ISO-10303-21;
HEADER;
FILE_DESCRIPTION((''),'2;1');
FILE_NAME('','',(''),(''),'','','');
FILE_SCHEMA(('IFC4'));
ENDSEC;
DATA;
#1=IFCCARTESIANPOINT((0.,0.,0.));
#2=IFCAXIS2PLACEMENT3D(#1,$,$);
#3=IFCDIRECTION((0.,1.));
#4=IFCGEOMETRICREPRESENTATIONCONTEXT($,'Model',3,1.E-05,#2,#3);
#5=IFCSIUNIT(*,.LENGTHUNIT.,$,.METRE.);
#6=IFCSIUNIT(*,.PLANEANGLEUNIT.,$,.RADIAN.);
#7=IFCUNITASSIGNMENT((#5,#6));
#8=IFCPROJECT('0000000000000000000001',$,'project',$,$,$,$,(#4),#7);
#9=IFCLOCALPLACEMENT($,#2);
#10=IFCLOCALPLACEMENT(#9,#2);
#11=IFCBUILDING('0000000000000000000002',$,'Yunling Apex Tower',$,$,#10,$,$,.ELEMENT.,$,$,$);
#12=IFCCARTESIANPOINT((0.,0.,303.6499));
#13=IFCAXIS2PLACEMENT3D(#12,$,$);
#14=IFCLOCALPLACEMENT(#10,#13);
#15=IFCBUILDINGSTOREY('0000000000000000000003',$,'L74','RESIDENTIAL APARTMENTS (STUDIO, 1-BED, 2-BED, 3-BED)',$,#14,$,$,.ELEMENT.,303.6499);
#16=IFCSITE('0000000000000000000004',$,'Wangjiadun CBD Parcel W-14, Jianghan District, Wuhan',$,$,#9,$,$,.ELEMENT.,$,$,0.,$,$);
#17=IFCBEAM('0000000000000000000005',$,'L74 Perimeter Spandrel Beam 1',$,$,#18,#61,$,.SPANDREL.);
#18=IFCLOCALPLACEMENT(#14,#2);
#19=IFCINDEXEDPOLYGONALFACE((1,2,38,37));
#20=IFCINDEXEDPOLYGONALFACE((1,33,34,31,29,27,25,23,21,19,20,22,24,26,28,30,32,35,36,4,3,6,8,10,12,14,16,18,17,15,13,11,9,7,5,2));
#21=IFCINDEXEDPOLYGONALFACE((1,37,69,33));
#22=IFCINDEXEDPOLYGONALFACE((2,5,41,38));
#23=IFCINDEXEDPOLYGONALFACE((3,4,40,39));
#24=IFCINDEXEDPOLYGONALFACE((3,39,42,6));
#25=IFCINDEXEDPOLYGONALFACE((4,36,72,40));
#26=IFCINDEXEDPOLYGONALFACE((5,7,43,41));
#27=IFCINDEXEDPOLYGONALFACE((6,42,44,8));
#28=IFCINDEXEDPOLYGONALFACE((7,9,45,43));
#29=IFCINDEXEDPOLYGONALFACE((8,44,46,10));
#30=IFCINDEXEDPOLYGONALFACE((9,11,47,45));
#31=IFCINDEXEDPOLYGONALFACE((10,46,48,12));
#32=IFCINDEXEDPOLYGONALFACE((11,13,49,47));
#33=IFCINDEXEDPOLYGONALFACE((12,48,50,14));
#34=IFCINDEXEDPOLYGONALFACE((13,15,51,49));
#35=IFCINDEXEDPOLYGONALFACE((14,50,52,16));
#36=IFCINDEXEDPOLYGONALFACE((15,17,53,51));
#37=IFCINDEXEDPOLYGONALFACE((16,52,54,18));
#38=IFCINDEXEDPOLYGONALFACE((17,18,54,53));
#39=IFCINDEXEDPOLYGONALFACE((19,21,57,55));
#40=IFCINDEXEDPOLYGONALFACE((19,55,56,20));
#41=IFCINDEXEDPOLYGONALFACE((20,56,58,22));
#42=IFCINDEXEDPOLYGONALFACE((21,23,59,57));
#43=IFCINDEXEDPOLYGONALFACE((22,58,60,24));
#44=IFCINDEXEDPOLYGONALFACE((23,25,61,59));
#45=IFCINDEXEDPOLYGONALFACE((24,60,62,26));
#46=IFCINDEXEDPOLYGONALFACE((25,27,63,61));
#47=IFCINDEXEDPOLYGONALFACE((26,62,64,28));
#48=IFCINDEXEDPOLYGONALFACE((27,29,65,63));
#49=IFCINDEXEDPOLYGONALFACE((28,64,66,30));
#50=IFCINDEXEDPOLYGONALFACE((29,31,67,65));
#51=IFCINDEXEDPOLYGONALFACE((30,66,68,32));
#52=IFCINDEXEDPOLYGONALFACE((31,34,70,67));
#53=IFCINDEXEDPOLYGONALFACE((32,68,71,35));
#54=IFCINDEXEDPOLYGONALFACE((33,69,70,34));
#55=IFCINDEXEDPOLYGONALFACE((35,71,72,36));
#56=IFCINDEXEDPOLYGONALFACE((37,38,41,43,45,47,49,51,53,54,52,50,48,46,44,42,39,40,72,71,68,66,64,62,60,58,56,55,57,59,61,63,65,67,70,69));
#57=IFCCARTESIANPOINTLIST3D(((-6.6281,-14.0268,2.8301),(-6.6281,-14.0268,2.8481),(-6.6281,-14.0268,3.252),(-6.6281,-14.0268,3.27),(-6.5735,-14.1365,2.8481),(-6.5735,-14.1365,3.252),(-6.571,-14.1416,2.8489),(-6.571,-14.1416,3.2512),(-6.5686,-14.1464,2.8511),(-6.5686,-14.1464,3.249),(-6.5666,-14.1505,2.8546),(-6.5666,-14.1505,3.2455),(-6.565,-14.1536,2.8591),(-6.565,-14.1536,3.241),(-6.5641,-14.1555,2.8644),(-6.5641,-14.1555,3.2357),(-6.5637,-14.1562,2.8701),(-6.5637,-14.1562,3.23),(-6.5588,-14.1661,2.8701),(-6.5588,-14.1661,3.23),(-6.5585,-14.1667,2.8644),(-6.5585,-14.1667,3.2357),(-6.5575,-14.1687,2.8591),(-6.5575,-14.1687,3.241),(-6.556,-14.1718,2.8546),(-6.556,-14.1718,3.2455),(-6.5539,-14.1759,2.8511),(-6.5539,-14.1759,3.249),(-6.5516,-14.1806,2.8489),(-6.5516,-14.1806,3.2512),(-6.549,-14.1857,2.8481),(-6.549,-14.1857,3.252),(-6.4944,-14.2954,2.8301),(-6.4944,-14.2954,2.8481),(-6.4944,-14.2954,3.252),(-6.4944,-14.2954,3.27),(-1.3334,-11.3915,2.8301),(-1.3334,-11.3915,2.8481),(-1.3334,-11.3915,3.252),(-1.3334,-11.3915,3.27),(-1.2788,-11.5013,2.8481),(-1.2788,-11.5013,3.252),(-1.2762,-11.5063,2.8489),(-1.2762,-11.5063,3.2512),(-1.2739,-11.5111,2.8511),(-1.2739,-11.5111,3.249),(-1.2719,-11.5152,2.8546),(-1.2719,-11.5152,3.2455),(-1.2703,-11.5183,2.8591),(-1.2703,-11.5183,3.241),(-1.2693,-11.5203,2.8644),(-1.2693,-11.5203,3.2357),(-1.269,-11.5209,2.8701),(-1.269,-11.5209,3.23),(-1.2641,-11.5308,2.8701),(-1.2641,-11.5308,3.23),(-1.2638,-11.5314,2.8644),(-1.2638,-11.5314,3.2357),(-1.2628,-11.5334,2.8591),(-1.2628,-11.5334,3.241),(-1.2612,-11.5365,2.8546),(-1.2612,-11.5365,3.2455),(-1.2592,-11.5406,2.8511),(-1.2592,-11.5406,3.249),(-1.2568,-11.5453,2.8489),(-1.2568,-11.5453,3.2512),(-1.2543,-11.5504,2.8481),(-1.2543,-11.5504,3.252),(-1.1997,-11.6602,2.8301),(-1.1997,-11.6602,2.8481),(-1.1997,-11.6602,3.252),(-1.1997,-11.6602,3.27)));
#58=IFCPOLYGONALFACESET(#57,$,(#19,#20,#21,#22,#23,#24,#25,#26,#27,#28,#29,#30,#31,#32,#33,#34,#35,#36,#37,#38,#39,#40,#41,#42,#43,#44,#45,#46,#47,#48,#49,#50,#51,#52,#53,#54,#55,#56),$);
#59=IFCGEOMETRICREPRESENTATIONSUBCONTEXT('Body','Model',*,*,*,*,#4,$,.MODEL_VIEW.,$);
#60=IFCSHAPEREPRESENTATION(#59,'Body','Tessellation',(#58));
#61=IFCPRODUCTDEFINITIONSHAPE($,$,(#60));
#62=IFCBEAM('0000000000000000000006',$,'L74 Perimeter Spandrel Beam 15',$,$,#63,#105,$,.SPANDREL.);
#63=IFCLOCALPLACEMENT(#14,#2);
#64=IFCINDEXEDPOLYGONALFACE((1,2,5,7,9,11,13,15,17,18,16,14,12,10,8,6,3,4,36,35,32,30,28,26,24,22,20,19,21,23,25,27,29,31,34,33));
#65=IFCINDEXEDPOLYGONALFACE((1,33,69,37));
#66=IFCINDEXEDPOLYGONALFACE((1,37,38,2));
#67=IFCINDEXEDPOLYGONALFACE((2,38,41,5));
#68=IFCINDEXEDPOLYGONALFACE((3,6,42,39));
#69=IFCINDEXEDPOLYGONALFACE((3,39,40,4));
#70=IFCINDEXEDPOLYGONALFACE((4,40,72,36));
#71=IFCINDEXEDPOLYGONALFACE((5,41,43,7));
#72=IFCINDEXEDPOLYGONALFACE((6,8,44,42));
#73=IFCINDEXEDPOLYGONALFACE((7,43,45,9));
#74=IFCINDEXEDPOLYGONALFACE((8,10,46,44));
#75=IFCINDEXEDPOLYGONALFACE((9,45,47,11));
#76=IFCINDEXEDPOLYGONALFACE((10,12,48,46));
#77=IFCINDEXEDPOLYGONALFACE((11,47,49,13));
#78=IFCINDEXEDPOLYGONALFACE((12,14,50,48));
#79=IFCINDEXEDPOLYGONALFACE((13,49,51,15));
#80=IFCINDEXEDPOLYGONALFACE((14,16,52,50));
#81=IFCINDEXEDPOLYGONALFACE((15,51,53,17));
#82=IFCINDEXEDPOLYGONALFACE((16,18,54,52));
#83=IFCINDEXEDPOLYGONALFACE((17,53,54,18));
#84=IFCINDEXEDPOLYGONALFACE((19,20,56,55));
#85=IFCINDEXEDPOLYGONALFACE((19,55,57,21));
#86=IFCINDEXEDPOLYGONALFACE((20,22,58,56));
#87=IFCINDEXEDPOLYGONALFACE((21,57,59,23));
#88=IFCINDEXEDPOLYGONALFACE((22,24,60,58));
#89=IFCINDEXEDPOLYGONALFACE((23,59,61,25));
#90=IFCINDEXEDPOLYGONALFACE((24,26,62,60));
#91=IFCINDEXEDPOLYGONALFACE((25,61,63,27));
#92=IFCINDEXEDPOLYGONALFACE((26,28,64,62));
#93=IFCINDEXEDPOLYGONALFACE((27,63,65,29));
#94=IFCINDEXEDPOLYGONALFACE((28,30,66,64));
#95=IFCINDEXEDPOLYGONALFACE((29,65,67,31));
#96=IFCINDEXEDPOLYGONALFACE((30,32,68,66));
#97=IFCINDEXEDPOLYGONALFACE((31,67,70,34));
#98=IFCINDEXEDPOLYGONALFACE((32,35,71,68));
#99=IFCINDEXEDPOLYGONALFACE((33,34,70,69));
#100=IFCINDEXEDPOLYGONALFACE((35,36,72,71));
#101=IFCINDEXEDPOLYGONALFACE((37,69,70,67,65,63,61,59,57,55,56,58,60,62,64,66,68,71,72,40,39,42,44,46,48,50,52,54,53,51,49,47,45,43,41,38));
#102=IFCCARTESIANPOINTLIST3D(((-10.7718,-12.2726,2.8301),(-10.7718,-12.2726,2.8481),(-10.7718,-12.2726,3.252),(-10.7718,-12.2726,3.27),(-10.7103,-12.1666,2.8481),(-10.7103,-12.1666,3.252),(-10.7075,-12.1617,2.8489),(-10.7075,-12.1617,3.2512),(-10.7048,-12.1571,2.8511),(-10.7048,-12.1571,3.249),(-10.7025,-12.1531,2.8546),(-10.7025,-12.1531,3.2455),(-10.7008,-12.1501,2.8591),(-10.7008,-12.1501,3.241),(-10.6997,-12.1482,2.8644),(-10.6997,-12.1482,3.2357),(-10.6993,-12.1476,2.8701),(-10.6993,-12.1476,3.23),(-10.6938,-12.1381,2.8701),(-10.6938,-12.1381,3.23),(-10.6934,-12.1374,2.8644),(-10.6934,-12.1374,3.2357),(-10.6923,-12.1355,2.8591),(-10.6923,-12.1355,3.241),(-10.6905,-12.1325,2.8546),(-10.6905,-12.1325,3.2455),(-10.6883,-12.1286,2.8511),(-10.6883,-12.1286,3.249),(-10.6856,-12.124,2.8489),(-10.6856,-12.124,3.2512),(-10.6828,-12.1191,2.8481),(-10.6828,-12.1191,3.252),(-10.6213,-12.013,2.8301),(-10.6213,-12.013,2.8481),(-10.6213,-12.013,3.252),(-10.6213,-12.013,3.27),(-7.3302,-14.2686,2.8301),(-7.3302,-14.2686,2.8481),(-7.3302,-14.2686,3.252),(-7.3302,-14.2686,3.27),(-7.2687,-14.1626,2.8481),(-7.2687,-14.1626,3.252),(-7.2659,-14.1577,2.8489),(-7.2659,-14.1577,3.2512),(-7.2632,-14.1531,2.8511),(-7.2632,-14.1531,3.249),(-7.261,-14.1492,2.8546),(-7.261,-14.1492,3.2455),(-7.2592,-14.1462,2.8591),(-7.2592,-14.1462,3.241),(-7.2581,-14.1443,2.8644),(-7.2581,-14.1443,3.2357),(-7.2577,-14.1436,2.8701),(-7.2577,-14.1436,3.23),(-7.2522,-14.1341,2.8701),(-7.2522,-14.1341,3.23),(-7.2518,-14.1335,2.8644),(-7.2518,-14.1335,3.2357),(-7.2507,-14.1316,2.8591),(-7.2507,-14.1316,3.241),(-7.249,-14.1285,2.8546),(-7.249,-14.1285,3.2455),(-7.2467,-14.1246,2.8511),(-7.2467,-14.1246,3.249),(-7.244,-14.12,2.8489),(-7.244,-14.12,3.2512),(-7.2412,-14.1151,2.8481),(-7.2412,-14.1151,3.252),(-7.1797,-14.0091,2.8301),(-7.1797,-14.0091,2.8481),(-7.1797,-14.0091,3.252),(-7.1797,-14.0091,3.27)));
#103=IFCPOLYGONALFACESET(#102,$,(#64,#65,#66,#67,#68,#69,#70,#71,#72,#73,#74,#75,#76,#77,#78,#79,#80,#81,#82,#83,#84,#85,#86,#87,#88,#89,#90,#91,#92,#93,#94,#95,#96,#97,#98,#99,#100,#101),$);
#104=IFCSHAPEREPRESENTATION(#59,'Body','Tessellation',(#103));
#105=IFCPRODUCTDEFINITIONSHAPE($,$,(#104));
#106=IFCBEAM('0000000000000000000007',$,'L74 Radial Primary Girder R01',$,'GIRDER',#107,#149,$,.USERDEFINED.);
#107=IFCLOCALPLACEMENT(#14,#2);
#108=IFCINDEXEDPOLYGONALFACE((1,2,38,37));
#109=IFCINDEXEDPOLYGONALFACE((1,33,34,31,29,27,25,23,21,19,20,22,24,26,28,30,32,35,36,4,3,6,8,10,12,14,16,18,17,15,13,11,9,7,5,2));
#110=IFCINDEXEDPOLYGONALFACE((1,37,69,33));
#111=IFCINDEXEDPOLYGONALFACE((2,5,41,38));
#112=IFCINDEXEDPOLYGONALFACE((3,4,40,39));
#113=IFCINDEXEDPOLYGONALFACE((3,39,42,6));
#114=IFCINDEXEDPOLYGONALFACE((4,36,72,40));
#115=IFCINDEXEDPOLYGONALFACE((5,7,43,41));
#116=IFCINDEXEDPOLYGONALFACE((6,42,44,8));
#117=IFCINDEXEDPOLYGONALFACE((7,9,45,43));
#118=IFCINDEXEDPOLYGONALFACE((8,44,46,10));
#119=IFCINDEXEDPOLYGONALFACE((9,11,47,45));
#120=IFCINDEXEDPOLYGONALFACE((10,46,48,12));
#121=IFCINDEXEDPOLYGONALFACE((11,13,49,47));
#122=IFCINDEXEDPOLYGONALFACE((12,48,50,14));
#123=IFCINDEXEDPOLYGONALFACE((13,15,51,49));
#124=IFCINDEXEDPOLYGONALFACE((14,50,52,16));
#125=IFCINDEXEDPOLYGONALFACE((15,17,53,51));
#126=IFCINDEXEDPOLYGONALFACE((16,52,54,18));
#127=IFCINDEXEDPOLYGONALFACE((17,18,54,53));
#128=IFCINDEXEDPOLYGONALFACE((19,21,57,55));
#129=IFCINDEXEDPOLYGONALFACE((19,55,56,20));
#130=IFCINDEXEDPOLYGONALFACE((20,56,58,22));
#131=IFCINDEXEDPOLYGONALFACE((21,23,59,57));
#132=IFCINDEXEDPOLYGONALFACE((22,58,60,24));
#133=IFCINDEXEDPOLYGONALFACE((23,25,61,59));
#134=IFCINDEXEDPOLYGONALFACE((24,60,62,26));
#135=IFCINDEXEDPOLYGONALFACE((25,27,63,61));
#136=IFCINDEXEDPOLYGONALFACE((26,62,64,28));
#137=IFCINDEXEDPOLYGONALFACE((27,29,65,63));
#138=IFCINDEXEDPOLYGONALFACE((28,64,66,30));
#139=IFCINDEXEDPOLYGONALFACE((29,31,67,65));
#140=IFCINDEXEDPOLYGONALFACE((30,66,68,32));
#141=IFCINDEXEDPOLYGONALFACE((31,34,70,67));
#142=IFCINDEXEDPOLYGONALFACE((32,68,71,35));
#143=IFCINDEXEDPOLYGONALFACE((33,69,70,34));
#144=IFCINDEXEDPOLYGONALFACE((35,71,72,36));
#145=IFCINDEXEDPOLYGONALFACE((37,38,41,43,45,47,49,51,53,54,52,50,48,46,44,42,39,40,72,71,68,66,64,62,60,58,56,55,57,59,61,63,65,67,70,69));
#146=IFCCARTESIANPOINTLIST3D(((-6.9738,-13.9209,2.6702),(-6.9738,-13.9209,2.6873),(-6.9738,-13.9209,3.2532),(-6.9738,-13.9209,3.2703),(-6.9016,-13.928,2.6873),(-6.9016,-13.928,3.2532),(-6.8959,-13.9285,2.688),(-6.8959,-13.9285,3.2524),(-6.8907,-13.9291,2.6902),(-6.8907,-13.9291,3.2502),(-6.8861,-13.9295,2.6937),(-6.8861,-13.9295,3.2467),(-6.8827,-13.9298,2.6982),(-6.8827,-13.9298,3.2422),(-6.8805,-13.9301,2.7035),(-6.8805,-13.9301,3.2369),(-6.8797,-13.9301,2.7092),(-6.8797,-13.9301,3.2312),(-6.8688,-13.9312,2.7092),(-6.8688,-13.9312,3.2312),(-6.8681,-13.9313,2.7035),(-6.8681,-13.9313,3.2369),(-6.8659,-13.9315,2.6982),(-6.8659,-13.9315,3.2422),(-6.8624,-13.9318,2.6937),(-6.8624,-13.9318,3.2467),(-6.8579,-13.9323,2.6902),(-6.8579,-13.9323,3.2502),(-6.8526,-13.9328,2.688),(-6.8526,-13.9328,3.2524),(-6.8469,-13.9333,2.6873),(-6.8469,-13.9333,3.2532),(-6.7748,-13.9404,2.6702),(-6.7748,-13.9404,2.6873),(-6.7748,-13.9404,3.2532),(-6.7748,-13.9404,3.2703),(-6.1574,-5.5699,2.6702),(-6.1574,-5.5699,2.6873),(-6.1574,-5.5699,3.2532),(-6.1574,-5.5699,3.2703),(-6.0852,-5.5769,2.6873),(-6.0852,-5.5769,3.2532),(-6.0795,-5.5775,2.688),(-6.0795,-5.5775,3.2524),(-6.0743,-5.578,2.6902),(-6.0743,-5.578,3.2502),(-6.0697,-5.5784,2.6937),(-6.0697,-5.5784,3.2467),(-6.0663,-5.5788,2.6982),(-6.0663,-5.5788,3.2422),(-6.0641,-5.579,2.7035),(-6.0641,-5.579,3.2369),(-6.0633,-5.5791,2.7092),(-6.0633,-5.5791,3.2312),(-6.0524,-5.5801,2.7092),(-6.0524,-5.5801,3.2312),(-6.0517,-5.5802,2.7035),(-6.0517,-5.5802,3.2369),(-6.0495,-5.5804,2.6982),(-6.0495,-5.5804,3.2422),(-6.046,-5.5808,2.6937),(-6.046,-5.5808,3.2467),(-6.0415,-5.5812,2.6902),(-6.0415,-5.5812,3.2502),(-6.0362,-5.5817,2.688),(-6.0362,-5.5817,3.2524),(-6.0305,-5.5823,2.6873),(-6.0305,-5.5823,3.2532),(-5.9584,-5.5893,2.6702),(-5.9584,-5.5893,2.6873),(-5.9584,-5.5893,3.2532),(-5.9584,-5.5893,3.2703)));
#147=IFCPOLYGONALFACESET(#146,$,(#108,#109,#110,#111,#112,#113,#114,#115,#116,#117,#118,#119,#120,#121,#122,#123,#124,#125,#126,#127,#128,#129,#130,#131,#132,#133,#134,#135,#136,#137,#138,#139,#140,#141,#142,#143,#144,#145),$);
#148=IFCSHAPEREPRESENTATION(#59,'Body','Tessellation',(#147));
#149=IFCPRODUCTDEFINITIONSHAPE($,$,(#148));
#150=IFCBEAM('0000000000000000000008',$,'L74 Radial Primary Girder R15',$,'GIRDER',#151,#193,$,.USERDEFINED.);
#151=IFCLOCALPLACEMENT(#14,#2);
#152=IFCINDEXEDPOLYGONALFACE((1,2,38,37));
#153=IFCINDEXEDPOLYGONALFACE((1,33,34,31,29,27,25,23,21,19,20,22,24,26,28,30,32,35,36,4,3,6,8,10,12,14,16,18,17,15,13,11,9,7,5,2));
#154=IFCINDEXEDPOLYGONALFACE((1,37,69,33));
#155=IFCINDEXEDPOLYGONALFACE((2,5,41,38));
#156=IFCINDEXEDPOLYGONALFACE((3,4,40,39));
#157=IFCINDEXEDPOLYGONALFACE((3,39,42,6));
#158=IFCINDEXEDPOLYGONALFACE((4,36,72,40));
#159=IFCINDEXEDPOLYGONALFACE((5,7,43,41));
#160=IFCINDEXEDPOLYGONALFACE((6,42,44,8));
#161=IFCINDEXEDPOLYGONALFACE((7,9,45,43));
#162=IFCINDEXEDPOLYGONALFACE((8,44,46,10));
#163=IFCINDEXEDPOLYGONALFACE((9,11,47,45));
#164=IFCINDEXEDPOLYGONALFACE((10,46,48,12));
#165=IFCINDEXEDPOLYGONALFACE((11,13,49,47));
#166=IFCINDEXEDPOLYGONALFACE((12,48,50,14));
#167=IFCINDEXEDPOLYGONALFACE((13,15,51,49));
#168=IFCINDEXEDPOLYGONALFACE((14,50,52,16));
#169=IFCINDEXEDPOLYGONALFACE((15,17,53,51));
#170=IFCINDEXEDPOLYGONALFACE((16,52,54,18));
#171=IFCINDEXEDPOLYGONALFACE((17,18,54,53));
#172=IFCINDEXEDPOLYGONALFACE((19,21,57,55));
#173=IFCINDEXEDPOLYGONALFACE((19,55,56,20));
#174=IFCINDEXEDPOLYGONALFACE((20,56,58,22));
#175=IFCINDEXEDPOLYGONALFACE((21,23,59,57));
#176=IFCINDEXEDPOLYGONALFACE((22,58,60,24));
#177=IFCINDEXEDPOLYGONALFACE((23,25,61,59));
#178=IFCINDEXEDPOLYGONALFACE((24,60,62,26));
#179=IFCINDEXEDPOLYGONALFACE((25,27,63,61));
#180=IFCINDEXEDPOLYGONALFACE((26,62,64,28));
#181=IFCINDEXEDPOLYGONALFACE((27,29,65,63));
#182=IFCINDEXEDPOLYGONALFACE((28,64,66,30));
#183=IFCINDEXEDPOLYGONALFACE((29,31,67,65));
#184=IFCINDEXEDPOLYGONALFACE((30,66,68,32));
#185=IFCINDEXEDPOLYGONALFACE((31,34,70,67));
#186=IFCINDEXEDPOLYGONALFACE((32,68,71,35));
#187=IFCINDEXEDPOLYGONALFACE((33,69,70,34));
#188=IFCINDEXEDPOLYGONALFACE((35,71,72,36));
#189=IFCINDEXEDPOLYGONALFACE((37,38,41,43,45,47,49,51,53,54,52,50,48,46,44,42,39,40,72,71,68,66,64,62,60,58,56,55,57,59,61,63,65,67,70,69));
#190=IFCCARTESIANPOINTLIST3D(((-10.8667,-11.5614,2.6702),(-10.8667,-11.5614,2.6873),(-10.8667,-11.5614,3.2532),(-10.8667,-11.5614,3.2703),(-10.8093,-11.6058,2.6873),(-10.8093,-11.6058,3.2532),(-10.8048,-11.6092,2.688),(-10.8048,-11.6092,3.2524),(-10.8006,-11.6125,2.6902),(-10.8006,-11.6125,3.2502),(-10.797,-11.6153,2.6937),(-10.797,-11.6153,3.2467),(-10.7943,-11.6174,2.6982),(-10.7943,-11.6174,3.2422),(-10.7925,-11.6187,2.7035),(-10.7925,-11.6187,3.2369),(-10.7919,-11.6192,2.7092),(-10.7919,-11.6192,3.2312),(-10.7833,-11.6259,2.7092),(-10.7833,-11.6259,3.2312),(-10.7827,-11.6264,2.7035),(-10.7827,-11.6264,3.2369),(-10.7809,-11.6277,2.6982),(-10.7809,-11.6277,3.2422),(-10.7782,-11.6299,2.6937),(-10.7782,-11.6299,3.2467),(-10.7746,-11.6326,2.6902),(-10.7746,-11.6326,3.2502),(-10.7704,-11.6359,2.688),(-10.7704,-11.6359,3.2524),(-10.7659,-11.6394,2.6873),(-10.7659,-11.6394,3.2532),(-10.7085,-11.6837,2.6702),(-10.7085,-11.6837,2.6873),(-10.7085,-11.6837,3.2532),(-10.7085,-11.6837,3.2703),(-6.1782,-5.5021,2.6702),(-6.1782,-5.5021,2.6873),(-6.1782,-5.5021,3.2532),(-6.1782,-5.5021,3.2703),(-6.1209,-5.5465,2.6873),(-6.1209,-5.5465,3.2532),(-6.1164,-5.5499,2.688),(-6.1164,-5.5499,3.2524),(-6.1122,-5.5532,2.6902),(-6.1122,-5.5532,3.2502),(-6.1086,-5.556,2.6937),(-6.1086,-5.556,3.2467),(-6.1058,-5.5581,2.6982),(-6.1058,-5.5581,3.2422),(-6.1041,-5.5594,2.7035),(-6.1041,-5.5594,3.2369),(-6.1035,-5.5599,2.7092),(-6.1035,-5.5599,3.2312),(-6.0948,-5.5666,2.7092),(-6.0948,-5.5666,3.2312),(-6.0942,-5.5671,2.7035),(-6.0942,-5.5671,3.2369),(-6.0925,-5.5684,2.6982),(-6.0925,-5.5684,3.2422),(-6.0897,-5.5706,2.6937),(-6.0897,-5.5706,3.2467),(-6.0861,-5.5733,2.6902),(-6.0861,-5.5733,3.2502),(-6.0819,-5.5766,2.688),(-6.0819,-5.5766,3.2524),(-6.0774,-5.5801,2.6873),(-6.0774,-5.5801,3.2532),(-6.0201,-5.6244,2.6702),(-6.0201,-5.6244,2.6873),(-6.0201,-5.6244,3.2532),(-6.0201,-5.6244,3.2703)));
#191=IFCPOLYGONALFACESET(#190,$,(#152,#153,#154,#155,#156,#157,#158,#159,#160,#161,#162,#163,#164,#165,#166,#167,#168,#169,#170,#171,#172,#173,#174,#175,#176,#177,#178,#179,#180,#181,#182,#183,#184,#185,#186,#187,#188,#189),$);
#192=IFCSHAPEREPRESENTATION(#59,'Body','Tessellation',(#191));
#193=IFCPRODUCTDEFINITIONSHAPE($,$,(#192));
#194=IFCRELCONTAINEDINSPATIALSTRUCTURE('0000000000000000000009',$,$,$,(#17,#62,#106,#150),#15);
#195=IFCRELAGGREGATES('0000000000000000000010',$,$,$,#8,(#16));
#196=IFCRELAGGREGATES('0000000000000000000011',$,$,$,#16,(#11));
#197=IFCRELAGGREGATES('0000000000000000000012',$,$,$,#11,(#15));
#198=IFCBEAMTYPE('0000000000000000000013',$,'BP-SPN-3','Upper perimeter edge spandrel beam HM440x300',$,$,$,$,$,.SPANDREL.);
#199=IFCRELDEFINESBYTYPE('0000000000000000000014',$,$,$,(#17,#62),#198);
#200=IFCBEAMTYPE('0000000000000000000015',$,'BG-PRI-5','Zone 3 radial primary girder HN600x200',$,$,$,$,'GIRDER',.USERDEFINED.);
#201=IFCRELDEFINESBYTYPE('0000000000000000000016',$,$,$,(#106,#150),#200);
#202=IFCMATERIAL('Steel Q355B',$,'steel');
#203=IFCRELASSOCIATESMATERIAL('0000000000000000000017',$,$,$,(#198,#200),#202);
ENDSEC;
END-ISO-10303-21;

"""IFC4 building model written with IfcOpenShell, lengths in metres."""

from ifc_helpers import new_model, si_unit, direction, frame, origin, origin_2d, place, context, subcontext, project, spatial, i_section, extrude, source, transform, mapped, material, material_profile, profile_set, type_object, element, save


model = new_model("IFC4")

# Units and contexts
model_context = context("Model", 3, precision=1e-05, world=origin(), true_north=direction((0.0, 1.0)))
body_context = subcontext(model_context, "Body", "Model", "MODEL_VIEW")
ifc_project = project(units=[si_unit("LENGTHUNIT", "METRE"), si_unit("PLANEANGLEUNIT", "RADIAN")], contexts=[model_context])

# Site, building, storey
site_placement = place(None, origin())
site = spatial("IfcSite", under=ifc_project, at=site_placement, Name="Wangjiadun CBD Parcel W-14, Jianghan District, Wuhan", CompositionType="ELEMENT", RefElevation=0.0)
building_placement = place(site_placement, origin())
building = spatial("IfcBuilding", under=site, at=building_placement, Name="Yunling Apex Tower", CompositionType="ELEMENT")
storey_placement = place(building_placement, frame((0.0, 0.0, 303.6499)))
storey = spatial("IfcBuildingStorey", under=building, at=storey_placement, Name="L74", Description="RESIDENTIAL APARTMENTS (STUDIO, 1-BED, 2-BED, 3-BED)", CompositionType="ELEMENT", Elevation=303.6499)

# Shared definitions
ifc_material_1 = material(Name="Steel Q355B", Category="steel")

# Beams
ifc_material_profile_1 = material_profile(ifc_material_1, i_section(OverallWidth=0.3, OverallDepth=0.4399, WebThickness=0.011, FlangeThickness=0.0181, FilletRadius=0.022, at=origin_2d()))
ifc_profile_set_1 = profile_set([ifc_material_profile_1], Name="Steel Q355B")
beam_type_1 = type_object("IfcBeamType", Name="BP-SPN-3", Description="Upper perimeter edge spandrel beam HM440x300", PredefinedType="SPANDREL", material=ifc_profile_set_1)
shared_shape_1 = source(origin(), body_context, "Body", "SweptSolid", [
    extrude(i_section(OverallWidth=0.3, OverallDepth=0.4399, WebThickness=0.011, FlangeThickness=0.0181, FilletRadius=0.022, at=origin_2d()), origin(), (0.0, 0.0, 1.0), 5.9143),
])
beam_1_placement = place(storey_placement, frame((-6.5613, -14.1611, 3.05), z_axis=(0.895243, 0.445578, 0.0), x_axis=(-0.445578, 0.895243, 0.0)))
element("IfcBeam", 1, at=beam_1_placement, inside=storey, type_object=beam_type_1, Name="L74 Perimeter Spandrel Beam 1", PredefinedType="SPANDREL", context=body_context, shape_type="MappedRepresentation", body=[
    mapped(shared_shape_1, transform((0.0, 0.0, 0.0), scale=1.0)),
])
shared_shape_2 = source(origin(), body_context, "Body", "SweptSolid", [
    extrude(i_section(OverallWidth=0.3, OverallDepth=0.4399, WebThickness=0.011, FlangeThickness=0.0181, FilletRadius=0.022, at=origin_2d()), origin(), (0.0, 0.0, 1.0), 3.9785),
])
beam_2_placement = place(storey_placement, frame((-10.6965, -12.1428, 3.05), z_axis=(0.865038, -0.501706, 0.0), x_axis=(0.501706, 0.865038, 0.0)))
element("IfcBeam", 2, at=beam_2_placement, inside=storey, type_object=beam_type_1, Name="L74 Perimeter Spandrel Beam 15", PredefinedType="SPANDREL", context=body_context, shape_type="MappedRepresentation", body=[
    mapped(shared_shape_2, transform((0.0, 0.0, 0.0), scale=1.0)),
])
ifc_material_profile_2 = material_profile(ifc_material_1, i_section(OverallWidth=0.2, OverallDepth=0.6001, WebThickness=0.011, FlangeThickness=0.0171, FilletRadius=0.022, at=origin_2d()))
ifc_profile_set_2 = profile_set([ifc_material_profile_2], Name="Steel Q355B")
beam_type_2 = type_object("IfcBeamType", Name="BG-PRI-5", Description="Zone 3 radial primary girder HN600x200", ElementType="GIRDER", PredefinedType="USERDEFINED", material=ifc_profile_set_2)
shared_shape_3 = source(origin(), body_context, "Body", "SweptSolid", [
    extrude(i_section(OverallWidth=0.2, OverallDepth=0.6001, WebThickness=0.011, FlangeThickness=0.0171, FilletRadius=0.022, at=origin_2d()), origin(), (0.0, 0.0, 1.0), 8.3909),
])
beam_3_placement = place(storey_placement, frame((-6.8743, -13.9307, 2.9702), z_axis=(0.097297, 0.995255, 0.0), x_axis=(-0.995255, 0.097297, 0.0)))
element("IfcBeam", 3, at=beam_3_placement, inside=storey, type_object=beam_type_2, Name="L74 Radial Primary Girder R01", ObjectType="GIRDER", PredefinedType="USERDEFINED", context=body_context, shape_type="MappedRepresentation", body=[
    mapped(shared_shape_3, transform((0.0, 0.0, 0.0), scale=1.0)),
])
shared_shape_4 = source(origin(), body_context, "Body", "SweptSolid", [
    extrude(i_section(OverallWidth=0.2, OverallDepth=0.6001, WebThickness=0.011, FlangeThickness=0.0171, FilletRadius=0.022, at=origin_2d()), origin(), (0.0, 0.0, 1.0), 7.6614),
])
beam_4_placement = place(storey_placement, frame((-10.7876, -11.6226, 2.9702), z_axis=(0.61196, 0.790889, 0.0), x_axis=(-0.790889, 0.61196, 0.0)))
element("IfcBeam", 4, at=beam_4_placement, inside=storey, type_object=beam_type_2, Name="L74 Radial Primary Girder R15", ObjectType="GIRDER", PredefinedType="USERDEFINED", context=body_context, shape_type="MappedRepresentation", body=[
    mapped(shared_shape_4, transform((0.0, 0.0, 0.0), scale=1.0)),
])

save(model, "model.ifc")
